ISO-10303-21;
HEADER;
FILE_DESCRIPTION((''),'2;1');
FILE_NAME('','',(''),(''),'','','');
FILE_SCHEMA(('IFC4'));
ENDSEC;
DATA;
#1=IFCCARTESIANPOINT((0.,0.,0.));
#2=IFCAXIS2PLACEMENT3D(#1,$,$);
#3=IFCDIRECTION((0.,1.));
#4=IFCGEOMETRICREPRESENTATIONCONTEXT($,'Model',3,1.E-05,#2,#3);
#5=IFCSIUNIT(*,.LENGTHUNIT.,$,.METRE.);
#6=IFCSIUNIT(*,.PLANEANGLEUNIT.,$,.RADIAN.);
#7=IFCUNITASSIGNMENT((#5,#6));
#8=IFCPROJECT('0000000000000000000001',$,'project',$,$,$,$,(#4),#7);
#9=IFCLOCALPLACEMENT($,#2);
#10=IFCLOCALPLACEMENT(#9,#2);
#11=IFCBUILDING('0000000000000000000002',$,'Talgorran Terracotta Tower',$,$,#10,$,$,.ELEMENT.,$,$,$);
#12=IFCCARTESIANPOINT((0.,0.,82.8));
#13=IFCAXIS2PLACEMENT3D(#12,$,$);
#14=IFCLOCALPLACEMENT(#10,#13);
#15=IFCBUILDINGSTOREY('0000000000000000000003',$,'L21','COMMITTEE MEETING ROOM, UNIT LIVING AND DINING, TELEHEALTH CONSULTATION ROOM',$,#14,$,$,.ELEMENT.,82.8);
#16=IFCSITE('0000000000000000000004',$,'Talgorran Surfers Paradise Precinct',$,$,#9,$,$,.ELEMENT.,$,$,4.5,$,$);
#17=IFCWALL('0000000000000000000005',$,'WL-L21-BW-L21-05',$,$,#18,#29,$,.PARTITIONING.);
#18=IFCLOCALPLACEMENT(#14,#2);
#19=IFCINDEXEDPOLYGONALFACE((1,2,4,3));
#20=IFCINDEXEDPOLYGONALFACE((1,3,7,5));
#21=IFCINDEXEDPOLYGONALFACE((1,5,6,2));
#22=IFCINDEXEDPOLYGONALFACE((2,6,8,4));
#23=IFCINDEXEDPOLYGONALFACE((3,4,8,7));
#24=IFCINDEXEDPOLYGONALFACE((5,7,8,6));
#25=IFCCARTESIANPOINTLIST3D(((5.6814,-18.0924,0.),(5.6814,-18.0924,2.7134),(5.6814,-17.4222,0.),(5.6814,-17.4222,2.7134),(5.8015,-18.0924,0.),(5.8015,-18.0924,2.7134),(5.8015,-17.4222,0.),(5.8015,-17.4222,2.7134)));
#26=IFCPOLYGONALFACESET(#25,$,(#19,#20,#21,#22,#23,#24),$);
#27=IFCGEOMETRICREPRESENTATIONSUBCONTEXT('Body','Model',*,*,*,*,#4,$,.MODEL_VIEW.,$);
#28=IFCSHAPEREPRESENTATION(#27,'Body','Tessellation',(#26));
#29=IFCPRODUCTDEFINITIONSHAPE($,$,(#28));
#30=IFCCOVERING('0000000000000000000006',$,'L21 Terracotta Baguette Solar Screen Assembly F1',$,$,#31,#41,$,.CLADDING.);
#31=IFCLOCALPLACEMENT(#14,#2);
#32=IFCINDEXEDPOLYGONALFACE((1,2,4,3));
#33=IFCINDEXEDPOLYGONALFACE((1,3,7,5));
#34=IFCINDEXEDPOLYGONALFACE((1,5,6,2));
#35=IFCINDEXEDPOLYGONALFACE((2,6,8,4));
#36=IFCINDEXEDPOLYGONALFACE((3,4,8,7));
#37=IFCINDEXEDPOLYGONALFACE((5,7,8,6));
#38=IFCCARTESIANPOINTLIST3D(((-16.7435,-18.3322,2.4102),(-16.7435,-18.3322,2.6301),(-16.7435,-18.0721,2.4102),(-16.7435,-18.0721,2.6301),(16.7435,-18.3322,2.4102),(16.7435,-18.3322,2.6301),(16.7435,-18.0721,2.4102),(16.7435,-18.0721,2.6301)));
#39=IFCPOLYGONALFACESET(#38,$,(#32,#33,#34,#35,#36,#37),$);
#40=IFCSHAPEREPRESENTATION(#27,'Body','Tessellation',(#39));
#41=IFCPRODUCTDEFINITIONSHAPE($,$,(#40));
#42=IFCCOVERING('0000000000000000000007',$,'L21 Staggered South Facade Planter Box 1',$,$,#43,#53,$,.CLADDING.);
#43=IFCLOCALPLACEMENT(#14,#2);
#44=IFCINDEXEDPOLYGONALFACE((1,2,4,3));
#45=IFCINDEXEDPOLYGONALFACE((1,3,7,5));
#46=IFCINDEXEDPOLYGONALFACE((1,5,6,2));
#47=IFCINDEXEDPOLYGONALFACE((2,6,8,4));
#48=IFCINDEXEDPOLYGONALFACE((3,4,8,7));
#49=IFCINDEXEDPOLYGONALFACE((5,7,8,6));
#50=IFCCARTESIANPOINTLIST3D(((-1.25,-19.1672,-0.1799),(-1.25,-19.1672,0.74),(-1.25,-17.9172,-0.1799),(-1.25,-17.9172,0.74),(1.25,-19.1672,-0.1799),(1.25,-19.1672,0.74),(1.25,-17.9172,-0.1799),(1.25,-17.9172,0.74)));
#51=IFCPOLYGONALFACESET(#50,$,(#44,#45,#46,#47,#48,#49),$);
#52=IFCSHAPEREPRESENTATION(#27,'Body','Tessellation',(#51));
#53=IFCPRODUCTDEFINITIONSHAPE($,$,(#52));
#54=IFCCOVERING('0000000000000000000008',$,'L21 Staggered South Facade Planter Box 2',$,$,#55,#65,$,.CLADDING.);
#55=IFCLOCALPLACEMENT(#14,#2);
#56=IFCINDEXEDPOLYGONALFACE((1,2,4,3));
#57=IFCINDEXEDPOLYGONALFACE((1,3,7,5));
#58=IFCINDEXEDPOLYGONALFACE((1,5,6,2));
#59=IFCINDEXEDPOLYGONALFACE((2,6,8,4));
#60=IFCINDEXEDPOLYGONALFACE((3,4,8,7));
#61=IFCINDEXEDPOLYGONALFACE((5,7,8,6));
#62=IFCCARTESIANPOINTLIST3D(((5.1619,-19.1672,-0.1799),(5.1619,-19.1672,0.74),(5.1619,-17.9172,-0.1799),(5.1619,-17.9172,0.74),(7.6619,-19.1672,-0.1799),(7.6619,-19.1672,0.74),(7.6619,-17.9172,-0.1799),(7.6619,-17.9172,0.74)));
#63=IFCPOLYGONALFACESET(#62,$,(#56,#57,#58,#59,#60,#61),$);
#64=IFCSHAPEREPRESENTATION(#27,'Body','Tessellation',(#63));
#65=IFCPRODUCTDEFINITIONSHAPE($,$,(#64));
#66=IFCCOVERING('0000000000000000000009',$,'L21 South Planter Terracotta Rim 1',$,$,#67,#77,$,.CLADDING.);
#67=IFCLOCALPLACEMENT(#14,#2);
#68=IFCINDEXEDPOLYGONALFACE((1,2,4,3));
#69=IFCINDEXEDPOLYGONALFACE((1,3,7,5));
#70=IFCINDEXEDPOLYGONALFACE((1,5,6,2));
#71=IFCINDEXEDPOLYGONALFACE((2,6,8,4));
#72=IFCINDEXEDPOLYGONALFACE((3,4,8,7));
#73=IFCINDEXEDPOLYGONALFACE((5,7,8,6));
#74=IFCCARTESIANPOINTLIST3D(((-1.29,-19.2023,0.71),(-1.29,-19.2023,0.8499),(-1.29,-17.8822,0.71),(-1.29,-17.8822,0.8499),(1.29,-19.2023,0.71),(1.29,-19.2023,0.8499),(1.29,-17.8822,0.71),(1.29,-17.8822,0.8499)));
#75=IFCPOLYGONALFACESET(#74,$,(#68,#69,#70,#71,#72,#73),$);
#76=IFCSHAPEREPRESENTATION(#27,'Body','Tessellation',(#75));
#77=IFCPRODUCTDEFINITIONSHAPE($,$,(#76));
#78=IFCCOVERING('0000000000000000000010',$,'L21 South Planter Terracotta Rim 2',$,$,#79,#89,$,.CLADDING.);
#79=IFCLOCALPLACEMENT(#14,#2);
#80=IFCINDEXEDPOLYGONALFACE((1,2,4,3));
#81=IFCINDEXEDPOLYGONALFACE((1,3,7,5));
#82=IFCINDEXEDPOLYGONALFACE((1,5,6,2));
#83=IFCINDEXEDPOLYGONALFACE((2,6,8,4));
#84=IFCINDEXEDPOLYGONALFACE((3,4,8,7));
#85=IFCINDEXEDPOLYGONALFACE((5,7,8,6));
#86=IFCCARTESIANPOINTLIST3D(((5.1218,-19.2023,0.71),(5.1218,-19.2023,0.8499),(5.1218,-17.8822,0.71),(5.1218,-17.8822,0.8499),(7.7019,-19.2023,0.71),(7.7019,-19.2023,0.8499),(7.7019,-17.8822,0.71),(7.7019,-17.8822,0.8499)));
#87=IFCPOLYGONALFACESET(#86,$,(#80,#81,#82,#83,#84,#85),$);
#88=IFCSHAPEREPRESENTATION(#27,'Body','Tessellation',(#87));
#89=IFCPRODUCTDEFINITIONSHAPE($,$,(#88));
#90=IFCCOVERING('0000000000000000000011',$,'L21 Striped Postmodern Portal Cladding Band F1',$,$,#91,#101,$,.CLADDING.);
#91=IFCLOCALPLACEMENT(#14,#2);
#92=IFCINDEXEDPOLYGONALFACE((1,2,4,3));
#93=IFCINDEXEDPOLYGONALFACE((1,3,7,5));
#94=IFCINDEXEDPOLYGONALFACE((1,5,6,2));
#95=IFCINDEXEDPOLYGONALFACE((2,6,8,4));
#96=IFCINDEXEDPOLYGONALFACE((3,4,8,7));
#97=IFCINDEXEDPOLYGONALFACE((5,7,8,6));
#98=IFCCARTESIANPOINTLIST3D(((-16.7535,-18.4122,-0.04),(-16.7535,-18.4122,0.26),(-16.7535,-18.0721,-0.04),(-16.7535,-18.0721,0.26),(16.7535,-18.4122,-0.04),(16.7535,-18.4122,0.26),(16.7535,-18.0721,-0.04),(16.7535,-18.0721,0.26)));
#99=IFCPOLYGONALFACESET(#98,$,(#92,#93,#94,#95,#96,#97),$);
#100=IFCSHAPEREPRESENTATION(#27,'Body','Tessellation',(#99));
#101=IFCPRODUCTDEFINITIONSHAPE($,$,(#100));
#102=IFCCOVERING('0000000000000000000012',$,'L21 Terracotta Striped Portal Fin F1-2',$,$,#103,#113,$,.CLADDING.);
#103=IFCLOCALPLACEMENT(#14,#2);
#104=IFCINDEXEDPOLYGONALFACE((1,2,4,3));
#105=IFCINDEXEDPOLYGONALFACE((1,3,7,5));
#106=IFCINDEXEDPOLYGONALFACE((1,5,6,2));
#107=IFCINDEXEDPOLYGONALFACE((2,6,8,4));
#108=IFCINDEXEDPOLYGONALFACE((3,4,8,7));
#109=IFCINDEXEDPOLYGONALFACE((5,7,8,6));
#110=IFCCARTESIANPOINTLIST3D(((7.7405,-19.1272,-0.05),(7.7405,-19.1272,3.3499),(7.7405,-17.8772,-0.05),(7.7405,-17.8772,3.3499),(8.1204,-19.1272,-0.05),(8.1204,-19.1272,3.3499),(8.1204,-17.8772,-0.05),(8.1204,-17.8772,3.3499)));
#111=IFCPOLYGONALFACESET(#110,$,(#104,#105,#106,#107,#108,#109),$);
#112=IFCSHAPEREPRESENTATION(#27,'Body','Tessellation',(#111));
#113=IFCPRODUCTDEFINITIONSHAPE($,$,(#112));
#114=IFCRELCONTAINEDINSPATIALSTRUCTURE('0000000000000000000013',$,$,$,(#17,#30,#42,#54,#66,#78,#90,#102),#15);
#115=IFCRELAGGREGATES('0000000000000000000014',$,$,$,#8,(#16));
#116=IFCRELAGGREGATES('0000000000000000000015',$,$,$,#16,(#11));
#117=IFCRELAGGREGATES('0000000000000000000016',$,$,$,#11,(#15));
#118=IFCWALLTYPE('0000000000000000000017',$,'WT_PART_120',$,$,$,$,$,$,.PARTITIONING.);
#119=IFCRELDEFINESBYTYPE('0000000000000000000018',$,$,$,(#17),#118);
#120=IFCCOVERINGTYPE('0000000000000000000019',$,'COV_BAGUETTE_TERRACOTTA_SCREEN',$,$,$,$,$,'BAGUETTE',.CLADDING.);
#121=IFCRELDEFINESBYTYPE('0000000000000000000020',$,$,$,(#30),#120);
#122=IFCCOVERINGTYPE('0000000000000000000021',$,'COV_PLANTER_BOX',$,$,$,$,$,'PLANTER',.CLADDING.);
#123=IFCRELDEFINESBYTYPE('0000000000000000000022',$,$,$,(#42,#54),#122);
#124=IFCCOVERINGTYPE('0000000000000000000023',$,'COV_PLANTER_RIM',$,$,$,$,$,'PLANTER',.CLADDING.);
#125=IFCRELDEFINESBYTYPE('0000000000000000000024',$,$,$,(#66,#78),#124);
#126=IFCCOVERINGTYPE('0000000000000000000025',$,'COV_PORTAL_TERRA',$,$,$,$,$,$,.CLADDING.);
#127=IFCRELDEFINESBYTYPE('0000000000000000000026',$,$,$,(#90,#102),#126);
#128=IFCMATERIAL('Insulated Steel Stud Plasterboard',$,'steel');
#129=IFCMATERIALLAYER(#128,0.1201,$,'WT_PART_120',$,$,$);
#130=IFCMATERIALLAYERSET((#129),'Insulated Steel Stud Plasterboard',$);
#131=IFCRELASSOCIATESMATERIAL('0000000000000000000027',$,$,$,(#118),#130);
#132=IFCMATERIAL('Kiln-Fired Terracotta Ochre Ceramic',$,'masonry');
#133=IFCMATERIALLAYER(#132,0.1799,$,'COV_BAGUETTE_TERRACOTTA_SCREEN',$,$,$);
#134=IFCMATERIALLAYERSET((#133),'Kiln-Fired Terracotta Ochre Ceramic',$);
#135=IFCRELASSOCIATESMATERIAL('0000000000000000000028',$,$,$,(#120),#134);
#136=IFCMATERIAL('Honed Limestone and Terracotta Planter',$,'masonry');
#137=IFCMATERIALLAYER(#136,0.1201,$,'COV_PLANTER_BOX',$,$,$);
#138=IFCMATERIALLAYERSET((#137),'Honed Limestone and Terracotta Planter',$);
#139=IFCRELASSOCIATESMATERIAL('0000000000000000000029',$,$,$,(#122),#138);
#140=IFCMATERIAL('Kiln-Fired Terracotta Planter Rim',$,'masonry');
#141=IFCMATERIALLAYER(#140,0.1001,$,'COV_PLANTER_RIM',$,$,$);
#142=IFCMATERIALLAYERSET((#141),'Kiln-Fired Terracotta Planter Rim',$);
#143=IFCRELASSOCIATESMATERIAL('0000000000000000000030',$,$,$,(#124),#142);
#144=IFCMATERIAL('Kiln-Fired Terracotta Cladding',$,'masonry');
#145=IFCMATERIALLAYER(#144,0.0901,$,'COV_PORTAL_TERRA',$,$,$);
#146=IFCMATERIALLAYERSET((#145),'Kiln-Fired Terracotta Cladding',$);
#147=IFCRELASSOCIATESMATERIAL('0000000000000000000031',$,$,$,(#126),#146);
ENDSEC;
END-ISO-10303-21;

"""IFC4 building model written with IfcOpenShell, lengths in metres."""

from ifc_helpers import new_model, si_unit, direction, frame, frame_2d, origin, origin_2d, place, context, subcontext, project, spatial, rectangle, extrude, material, layer, layer_set, type_object, element, save


model = new_model("IFC4")

# Units and contexts
model_context = context("Model", 3, precision=1e-05, world=origin(), true_north=direction((0.0, 1.0)))
body_context = subcontext(model_context, "Body", "Model", "MODEL_VIEW")
ifc_project = project(units=[si_unit("LENGTHUNIT", "METRE"), si_unit("PLANEANGLEUNIT", "RADIAN")], contexts=[model_context])

# Site, building, storey
site_placement = place(None, origin())
site = spatial("IfcSite", under=ifc_project, at=site_placement, Name="Talgorran Surfers Paradise Precinct", CompositionType="ELEMENT", RefElevation=4.5)
building_placement = place(site_placement, origin())
building = spatial("IfcBuilding", under=site, at=building_placement, Name="Talgorran Terracotta Tower", CompositionType="ELEMENT")
storey_placement = place(building_placement, frame((0.0, 0.0, 82.8)))
storey = spatial("IfcBuildingStorey", under=building, at=storey_placement, Name="L21", Description="COMMITTEE MEETING ROOM, UNIT LIVING AND DINING, TELEHEALTH CONSULTATION ROOM", CompositionType="ELEMENT", Elevation=82.8)

# Wall
ifc_material_1 = material(Name="Insulated Steel Stud Plasterboard", Category="steel")
ifc_layer_1 = layer(ifc_material_1, 0.1201, Name="WT_PART_120")
ifc_layer_set_1 = layer_set([ifc_layer_1], Name="Insulated Steel Stud Plasterboard")
wall_type = type_object("IfcWallType", Name="WT_PART_120", PredefinedType="PARTITIONING", material=ifc_layer_set_1)
wall_placement = place(storey_placement, frame((5.7415, -18.0923, 0.0), z_axis=(0.0, 0.0, 1.0), x_axis=(0.0, 1.0, 0.0)))
element("IfcWall", 1, at=wall_placement, inside=storey, type_object=wall_type, Name="WL-L21-BW-L21-05", PredefinedType="PARTITIONING", context=body_context, shape_type="SweptSolid", body=[
    extrude(rectangle(XDim=0.6702, YDim=0.1201, at=frame_2d((0.335, 0.0))), origin(), (0.0, 0.0, 1.0), 2.7134),
])

# Coverings
ifc_material_2 = material(Name="Kiln-Fired Terracotta Ochre Ceramic", Category="masonry")
ifc_layer_2 = layer(ifc_material_2, 0.1799, Name="COV_BAGUETTE_TERRACOTTA_SCREEN")
ifc_layer_set_2 = layer_set([ifc_layer_2], Name="Kiln-Fired Terracotta Ochre Ceramic")
covering_type_1 = type_object("IfcCoveringType", Name="COV_BAGUETTE_TERRACOTTA_SCREEN", ElementType="BAGUETTE", PredefinedType="CLADDING", material=ifc_layer_set_2)
covering_1_placement = place(storey_placement, frame((0.0, -18.2021, 2.4102), z_axis=(0.0, 0.0, 1.0), x_axis=(1.0, 0.0, 0.0)))
element("IfcCovering", 2, at=covering_1_placement, inside=storey, type_object=covering_type_1, Name="L21 Terracotta Baguette Solar Screen Assembly F1", PredefinedType="CLADDING", context=body_context, shape_type="SweptSolid", body=[
    extrude(rectangle(XDim=33.4871, YDim=0.26, at=origin_2d()), origin(), (0.0, 0.0, 1.0), 0.22),
])
ifc_material_3 = material(Name="Honed Limestone and Terracotta Planter", Category="masonry")
ifc_layer_3 = layer(ifc_material_3, 0.1201, Name="COV_PLANTER_BOX")
ifc_layer_set_3 = layer_set([ifc_layer_3], Name="Honed Limestone and Terracotta Planter")
covering_type_2 = type_object("IfcCoveringType", Name="COV_PLANTER_BOX", ElementType="PLANTER", PredefinedType="CLADDING", material=ifc_layer_set_3)
for number, where, z_axis, x_axis, name in (
    (3, (0.0, -18.5422, -0.1799), (0.0, 0.0, 1.0), (1.0, 0.0, 0.0), "L21 Staggered South Facade Planter Box 1"),
    (4, (6.4119, -18.5422, -0.1799), (0.0, 0.0, 1.0), (1.0, 0.0, 0.0), "L21 Staggered South Facade Planter Box 2"),
):
    element("IfcCovering", number, at=place(storey_placement, frame(where, z_axis=z_axis, x_axis=x_axis)), inside=storey, type_object=covering_type_2, Name=name, PredefinedType="CLADDING", context=body_context, shape_type="SweptSolid", body=[
        extrude(rectangle(XDim=2.5, YDim=1.25, at=origin_2d()), origin(), (0.0, 0.0, 1.0), 0.9199),
    ])
ifc_material_4 = material(Name="Kiln-Fired Terracotta Planter Rim", Category="masonry")
ifc_layer_4 = layer(ifc_material_4, 0.1001, Name="COV_PLANTER_RIM")
ifc_layer_set_4 = layer_set([ifc_layer_4], Name="Kiln-Fired Terracotta Planter Rim")
covering_type_3 = type_object("IfcCoveringType", Name="COV_PLANTER_RIM", ElementType="PLANTER", PredefinedType="CLADDING", material=ifc_layer_set_4)
for number, where, z_axis, x_axis, name in (
    (5, (0.0, -18.5422, 0.71), (0.0, 0.0, 1.0), (1.0, 0.0, 0.0), "L21 South Planter Terracotta Rim 1"),
    (6, (6.4119, -18.5422, 0.71), (0.0, 0.0, 1.0), (1.0, 0.0, 0.0), "L21 South Planter Terracotta Rim 2"),
):
    element("IfcCovering", number, at=place(storey_placement, frame(where, z_axis=z_axis, x_axis=x_axis)), inside=storey, type_object=covering_type_3, Name=name, PredefinedType="CLADDING", context=body_context, shape_type="SweptSolid", body=[
        extrude(rectangle(XDim=2.5801, YDim=1.3201, at=origin_2d()), origin(), (0.0, 0.0, 1.0), 0.1399),
    ])
ifc_material_5 = material(Name="Kiln-Fired Terracotta Cladding", Category="masonry")
ifc_layer_5 = layer(ifc_material_5, 0.0901, Name="COV_PORTAL_TERRA")
ifc_layer_set_5 = layer_set([ifc_layer_5], Name="Kiln-Fired Terracotta Cladding")
covering_type_4 = type_object("IfcCoveringType", Name="COV_PORTAL_TERRA", PredefinedType="CLADDING", material=ifc_layer_set_5)
covering_2_placement = place(storey_placement, frame((0.0, -18.2422, -0.04), z_axis=(0.0, 0.0, 1.0), x_axis=(1.0, 0.0, 0.0)))
element("IfcCovering", 7, at=covering_2_placement, inside=storey, type_object=covering_type_4, Name="L21 Striped Postmodern Portal Cladding Band F1", PredefinedType="CLADDING", context=body_context, shape_type="SweptSolid", body=[
    extrude(rectangle(XDim=33.5071, YDim=0.3401, at=origin_2d()), origin(), (0.0, 0.0, 1.0), 0.3),
])
covering_3_placement = place(storey_placement, frame((7.9304, -18.5022, -0.05), z_axis=(0.0, 0.0, 1.0), x_axis=(1.0, 0.0, 0.0)))
element("IfcCovering", 8, at=covering_3_placement, inside=storey, type_object=covering_type_4, Name="L21 Terracotta Striped Portal Fin F1-2", PredefinedType="CLADDING", context=body_context, shape_type="SweptSolid", body=[
    extrude(rectangle(XDim=0.3799, YDim=1.25, at=origin_2d()), origin(), (0.0, 0.0, 1.0), 3.3999),
])

save(model, "model.ifc")
